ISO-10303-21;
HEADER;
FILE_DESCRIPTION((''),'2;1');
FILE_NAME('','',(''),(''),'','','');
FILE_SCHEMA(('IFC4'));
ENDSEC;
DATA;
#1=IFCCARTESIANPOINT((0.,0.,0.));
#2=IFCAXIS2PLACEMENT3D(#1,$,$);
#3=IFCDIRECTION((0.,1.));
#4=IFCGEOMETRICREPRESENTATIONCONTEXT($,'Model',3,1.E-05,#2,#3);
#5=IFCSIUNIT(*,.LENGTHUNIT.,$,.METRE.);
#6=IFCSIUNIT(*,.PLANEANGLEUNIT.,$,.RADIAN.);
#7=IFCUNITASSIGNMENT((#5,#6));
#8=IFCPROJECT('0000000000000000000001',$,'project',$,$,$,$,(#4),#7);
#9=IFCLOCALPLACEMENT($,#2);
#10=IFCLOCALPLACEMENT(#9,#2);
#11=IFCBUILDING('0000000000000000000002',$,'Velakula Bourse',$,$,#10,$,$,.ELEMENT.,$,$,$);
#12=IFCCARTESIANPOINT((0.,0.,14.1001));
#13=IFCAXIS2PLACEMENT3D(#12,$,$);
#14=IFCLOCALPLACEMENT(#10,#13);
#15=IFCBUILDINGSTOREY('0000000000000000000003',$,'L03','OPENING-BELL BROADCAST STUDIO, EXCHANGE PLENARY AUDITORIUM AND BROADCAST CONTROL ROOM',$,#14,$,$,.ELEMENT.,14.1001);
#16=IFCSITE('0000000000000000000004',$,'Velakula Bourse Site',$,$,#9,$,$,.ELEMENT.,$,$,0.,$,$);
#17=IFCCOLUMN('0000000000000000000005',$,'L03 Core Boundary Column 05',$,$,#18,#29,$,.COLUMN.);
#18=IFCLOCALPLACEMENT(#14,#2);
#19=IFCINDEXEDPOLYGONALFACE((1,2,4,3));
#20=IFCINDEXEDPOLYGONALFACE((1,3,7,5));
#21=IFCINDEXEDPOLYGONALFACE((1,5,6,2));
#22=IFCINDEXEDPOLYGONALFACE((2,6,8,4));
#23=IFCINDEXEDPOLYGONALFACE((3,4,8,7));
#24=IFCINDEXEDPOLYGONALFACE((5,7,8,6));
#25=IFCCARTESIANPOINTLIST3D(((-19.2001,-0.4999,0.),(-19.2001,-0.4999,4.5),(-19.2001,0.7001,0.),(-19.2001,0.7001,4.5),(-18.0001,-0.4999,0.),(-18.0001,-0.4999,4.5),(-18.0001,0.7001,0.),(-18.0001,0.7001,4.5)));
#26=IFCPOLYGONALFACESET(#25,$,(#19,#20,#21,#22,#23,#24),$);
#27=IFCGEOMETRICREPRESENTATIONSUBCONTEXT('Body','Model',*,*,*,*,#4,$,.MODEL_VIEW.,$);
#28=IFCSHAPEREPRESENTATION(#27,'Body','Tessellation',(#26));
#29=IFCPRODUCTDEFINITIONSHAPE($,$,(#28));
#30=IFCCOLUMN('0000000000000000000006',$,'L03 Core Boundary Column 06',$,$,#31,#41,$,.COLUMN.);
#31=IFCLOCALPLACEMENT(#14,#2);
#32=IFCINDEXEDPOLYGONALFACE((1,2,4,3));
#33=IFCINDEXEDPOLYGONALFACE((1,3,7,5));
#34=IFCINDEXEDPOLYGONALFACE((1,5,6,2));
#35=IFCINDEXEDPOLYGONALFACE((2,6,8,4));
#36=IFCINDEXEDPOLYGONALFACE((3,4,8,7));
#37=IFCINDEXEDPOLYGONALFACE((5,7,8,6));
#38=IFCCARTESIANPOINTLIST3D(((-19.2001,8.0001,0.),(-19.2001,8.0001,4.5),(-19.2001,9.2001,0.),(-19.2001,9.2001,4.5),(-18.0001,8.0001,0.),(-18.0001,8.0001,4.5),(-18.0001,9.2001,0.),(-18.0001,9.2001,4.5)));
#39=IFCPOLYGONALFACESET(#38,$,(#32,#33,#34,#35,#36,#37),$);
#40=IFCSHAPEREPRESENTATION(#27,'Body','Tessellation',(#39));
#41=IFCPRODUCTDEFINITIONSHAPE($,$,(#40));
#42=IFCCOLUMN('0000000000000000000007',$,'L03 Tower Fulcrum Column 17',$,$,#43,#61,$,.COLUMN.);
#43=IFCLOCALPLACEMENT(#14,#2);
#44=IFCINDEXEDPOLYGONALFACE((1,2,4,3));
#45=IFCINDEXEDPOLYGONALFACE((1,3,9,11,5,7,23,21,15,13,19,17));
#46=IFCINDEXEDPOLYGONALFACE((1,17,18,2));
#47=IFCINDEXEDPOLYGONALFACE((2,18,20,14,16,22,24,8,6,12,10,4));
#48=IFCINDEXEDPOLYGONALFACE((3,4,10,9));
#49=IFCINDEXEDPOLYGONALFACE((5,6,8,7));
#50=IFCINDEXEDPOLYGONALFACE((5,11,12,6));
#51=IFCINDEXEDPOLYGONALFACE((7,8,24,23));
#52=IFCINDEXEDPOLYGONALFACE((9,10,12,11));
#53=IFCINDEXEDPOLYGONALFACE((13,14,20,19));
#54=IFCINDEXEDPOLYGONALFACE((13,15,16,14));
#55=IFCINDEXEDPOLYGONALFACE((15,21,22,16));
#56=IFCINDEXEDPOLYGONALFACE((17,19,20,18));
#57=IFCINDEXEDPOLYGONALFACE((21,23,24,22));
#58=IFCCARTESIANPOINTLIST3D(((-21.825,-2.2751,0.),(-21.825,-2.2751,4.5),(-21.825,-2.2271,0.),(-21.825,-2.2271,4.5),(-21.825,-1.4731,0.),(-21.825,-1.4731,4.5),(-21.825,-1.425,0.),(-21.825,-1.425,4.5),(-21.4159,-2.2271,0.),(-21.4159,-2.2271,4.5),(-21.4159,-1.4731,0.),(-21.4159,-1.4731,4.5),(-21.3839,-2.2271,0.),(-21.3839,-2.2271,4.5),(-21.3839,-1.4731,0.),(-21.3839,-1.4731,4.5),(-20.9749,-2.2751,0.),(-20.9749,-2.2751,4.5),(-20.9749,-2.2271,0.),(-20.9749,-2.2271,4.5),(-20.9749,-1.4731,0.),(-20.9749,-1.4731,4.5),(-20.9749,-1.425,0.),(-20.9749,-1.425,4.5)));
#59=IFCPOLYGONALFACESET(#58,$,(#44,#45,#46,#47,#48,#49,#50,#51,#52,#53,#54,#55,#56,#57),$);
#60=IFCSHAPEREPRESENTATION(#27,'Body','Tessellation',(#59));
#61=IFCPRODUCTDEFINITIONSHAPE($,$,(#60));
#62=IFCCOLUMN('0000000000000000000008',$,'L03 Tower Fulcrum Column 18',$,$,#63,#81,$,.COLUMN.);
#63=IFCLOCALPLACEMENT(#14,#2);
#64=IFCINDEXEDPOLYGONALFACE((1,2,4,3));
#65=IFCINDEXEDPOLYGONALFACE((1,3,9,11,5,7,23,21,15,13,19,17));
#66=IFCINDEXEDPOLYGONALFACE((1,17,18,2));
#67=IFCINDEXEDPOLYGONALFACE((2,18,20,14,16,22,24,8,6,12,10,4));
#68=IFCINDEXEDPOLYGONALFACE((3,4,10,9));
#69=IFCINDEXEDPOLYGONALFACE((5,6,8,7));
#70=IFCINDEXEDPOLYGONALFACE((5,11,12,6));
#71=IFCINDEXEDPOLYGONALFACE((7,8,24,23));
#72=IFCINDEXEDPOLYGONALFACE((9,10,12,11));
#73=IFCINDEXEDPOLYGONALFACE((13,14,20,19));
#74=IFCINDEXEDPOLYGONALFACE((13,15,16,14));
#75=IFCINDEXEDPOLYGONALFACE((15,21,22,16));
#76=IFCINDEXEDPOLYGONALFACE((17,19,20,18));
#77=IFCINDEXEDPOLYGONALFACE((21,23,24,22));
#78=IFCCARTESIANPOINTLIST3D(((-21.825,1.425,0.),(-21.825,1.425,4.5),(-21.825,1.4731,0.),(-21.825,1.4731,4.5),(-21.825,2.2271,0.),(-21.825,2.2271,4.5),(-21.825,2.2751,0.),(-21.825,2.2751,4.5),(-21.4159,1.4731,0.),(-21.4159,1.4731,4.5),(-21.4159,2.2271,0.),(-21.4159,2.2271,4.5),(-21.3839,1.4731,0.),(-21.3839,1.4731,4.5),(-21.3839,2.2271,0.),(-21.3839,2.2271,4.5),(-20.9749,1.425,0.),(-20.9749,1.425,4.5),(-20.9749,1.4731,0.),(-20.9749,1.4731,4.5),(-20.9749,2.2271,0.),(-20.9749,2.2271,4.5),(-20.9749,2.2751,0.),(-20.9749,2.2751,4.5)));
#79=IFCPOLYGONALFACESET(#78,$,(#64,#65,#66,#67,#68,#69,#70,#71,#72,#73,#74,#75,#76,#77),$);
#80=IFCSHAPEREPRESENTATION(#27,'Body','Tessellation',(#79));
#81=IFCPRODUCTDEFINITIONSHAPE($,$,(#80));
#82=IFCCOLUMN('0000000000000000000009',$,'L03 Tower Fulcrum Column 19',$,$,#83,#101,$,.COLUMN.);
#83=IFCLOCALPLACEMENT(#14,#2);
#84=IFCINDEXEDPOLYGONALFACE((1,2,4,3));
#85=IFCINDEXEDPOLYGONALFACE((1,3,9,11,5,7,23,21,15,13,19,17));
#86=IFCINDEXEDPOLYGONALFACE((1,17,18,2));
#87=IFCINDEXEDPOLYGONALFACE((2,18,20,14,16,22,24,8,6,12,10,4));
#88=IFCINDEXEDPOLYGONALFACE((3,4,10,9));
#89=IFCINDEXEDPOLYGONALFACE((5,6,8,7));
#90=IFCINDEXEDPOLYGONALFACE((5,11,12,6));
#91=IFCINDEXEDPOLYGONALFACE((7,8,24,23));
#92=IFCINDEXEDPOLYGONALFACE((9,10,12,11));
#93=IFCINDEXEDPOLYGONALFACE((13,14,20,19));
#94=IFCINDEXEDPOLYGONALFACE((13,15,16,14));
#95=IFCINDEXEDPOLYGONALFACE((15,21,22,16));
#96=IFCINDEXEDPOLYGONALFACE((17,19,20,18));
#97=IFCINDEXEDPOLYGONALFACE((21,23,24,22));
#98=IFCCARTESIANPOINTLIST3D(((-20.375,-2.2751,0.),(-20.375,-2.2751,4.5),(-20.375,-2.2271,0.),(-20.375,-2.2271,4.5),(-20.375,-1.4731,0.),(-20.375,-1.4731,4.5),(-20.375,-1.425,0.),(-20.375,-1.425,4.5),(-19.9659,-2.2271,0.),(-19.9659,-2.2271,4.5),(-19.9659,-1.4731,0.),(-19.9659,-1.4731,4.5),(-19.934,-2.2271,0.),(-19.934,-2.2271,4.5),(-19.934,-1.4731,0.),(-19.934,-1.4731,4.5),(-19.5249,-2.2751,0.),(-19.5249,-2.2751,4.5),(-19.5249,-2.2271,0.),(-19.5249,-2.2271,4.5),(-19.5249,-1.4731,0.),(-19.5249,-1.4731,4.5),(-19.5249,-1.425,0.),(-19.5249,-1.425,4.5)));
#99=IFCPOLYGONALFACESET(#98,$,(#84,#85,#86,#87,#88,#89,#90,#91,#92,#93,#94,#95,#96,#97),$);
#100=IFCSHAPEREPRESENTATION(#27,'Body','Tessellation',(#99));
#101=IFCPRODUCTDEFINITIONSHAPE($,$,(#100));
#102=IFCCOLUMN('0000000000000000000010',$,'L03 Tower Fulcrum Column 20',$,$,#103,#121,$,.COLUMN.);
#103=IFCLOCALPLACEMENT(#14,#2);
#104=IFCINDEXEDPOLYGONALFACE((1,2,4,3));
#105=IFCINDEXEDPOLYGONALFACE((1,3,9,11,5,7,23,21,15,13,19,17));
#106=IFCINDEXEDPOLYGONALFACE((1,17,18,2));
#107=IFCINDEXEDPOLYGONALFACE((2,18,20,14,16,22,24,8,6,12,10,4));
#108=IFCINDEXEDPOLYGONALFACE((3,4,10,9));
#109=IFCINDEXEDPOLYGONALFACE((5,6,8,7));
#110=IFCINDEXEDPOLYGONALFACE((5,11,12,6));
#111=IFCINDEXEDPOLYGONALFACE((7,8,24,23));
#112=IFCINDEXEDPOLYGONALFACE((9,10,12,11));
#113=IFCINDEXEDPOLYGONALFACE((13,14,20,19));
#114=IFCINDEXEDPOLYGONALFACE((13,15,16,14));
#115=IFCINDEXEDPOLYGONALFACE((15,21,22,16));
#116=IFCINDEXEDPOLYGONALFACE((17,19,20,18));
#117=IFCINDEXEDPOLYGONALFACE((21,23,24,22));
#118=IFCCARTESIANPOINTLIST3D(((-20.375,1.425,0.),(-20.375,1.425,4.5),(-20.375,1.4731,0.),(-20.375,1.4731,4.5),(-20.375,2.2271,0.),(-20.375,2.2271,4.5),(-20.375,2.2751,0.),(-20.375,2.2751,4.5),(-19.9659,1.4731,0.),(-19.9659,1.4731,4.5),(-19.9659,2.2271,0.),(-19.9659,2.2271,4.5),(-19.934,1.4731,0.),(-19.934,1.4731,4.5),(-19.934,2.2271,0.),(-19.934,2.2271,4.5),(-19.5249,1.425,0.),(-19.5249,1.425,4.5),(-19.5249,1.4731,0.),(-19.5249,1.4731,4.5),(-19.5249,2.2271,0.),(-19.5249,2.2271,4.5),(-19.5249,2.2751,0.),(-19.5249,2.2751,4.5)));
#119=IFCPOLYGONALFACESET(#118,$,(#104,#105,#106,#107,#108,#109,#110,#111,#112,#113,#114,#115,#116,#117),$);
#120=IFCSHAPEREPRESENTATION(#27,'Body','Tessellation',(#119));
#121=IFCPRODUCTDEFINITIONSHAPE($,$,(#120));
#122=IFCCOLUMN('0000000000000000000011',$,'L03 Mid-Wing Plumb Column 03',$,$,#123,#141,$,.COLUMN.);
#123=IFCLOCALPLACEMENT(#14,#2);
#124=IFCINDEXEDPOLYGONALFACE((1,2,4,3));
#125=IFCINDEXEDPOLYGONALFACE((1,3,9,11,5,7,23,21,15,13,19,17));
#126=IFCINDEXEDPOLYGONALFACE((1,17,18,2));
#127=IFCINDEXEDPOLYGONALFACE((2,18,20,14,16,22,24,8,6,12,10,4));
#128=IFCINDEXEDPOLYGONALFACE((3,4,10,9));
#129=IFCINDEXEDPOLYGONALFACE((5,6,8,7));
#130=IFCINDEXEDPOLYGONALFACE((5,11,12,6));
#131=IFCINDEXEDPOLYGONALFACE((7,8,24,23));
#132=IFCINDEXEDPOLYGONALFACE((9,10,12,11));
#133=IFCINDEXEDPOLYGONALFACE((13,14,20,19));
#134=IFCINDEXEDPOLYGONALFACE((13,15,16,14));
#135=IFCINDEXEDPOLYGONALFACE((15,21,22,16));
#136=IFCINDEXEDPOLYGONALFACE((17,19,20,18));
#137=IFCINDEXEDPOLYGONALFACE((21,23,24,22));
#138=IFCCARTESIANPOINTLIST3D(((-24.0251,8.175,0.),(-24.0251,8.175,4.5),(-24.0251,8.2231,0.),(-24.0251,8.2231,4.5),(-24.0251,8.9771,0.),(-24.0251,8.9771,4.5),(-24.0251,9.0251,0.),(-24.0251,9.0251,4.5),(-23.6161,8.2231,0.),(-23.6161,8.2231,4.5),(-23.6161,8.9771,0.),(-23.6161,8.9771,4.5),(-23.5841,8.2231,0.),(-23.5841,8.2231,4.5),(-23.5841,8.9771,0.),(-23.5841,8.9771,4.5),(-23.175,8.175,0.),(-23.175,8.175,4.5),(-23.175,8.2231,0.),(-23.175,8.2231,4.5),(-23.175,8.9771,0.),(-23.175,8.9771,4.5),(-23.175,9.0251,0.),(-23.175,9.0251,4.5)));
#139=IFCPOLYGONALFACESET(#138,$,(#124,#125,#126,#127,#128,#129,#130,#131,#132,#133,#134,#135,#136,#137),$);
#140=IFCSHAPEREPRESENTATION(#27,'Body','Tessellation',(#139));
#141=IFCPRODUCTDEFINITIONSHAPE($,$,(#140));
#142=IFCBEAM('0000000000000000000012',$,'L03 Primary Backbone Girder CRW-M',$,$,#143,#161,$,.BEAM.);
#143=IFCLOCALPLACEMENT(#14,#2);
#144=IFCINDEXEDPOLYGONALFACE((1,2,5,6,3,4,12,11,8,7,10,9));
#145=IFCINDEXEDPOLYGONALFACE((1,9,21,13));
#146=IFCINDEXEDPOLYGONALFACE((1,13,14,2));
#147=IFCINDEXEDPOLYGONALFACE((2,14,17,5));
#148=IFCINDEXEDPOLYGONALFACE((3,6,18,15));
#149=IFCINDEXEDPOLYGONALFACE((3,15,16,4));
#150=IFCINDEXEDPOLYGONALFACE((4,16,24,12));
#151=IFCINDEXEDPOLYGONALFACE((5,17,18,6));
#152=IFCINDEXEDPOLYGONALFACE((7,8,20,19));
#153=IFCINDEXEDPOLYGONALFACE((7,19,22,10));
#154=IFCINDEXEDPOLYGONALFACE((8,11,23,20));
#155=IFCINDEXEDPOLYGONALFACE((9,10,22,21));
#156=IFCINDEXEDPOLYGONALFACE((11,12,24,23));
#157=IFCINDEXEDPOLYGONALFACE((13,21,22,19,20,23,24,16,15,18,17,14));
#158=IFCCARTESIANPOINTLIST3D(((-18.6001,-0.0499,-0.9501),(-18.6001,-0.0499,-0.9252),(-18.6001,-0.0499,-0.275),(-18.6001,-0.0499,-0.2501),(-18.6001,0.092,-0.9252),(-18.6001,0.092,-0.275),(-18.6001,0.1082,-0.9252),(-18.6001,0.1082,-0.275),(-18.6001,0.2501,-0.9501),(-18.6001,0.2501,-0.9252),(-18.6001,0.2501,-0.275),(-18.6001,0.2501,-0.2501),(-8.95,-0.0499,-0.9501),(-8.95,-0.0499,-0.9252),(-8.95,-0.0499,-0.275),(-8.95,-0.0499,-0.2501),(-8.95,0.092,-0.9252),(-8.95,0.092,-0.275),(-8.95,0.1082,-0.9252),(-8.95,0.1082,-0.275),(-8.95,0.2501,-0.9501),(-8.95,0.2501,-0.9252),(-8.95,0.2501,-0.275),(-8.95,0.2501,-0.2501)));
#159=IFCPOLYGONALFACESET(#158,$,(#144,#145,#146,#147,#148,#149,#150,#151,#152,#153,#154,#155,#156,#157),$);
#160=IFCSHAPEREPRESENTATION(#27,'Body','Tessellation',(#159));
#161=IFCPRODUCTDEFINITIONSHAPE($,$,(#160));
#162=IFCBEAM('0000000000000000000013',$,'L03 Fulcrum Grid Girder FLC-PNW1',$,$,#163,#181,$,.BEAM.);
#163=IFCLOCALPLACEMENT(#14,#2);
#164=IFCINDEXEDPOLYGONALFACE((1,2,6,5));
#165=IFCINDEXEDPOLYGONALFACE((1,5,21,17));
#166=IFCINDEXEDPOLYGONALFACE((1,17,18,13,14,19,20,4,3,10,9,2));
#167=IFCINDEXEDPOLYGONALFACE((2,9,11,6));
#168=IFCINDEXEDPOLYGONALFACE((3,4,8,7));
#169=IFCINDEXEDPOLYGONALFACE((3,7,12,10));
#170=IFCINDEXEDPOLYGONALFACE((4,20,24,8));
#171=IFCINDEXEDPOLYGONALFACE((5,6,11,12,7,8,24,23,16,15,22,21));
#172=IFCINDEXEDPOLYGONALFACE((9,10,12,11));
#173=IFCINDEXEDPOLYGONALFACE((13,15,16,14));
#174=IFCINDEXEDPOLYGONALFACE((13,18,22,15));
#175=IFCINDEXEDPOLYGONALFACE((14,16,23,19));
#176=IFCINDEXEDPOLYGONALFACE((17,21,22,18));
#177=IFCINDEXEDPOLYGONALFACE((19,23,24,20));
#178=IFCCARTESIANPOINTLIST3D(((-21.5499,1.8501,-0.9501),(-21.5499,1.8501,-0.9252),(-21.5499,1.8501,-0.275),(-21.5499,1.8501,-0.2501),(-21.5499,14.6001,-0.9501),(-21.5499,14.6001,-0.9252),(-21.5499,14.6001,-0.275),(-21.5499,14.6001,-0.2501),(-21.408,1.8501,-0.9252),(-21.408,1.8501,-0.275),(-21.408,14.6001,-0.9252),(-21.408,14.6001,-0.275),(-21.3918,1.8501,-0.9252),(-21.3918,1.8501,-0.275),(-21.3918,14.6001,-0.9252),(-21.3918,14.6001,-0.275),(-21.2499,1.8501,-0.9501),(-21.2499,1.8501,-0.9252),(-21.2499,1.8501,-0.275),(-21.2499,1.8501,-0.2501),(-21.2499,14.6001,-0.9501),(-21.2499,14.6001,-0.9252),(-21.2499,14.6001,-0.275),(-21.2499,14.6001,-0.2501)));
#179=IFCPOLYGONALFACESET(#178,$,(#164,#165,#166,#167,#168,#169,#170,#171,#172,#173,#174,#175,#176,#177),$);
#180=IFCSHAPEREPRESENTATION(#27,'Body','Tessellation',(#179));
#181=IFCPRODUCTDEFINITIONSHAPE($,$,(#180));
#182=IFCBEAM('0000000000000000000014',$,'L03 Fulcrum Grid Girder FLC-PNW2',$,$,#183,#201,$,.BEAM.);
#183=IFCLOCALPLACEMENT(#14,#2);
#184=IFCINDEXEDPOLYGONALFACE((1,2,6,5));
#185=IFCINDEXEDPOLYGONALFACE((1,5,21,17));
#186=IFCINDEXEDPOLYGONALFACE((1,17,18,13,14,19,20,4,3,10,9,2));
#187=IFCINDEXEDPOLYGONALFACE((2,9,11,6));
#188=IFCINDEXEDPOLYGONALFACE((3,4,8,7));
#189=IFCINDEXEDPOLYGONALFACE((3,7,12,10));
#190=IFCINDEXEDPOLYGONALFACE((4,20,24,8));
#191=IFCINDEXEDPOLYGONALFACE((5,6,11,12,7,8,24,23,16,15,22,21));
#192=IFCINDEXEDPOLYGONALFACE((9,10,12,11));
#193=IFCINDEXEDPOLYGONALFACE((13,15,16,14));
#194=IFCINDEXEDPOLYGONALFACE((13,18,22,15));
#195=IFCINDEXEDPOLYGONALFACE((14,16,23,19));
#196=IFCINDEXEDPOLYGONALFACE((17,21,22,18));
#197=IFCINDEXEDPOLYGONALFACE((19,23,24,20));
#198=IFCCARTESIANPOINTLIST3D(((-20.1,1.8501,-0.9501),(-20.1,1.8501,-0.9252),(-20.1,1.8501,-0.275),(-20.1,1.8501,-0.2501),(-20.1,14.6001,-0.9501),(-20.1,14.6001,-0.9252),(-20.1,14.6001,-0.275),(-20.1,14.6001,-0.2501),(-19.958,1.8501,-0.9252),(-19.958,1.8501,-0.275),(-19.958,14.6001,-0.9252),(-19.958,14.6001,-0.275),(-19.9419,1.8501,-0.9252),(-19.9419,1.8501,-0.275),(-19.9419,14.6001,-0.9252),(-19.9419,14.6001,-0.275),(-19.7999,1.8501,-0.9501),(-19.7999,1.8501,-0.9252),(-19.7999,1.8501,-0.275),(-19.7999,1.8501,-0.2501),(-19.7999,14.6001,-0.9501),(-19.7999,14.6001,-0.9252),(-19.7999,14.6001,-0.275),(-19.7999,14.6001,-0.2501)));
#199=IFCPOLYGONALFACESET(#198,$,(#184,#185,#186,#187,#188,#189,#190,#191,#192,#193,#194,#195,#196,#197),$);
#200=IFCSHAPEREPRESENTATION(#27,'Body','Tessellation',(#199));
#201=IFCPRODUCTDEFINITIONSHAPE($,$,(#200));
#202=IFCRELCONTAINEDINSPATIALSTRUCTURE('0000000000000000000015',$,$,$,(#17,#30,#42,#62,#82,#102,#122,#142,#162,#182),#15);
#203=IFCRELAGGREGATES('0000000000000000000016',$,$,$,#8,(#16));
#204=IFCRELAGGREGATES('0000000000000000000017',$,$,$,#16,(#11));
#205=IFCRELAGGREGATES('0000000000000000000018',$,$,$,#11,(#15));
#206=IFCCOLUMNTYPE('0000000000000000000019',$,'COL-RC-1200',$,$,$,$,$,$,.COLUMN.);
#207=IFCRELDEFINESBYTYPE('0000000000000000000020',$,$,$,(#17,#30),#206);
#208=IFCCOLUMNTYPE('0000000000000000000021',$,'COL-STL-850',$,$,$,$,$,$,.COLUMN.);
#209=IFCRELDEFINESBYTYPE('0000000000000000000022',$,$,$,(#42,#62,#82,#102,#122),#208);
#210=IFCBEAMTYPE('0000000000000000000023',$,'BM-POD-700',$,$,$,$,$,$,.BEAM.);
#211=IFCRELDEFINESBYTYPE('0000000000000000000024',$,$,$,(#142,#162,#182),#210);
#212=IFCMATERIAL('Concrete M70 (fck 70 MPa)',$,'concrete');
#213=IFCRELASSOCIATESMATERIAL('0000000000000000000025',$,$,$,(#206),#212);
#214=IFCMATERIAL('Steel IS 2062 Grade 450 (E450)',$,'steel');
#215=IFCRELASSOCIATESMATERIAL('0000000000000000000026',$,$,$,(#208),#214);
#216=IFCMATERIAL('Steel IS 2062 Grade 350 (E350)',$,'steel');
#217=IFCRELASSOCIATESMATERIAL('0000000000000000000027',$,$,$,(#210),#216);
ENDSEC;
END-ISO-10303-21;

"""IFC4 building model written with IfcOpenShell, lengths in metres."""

from ifc_helpers import new_model, si_unit, direction, frame, origin, origin_2d, place, context, subcontext, project, spatial, rectangle, i_section, extrude, material, material_profile, profile_set, type_object, element, save


model = new_model("IFC4")

# Units and contexts
model_context = context("Model", 3, precision=1e-05, world=origin(), true_north=direction((0.0, 1.0)))
body_context = subcontext(model_context, "Body", "Model", "MODEL_VIEW")
ifc_project = project(units=[si_unit("LENGTHUNIT", "METRE"), si_unit("PLANEANGLEUNIT", "RADIAN")], contexts=[model_context])

# Site, building, storey
site_placement = place(None, origin())
site = spatial("IfcSite", under=ifc_project, at=site_placement, Name="Velakula Bourse Site", CompositionType="ELEMENT", RefElevation=0.0)
building_placement = place(site_placement, origin())
building = spatial("IfcBuilding", under=site, at=building_placement, Name="Velakula Bourse", CompositionType="ELEMENT")
storey_placement = place(building_placement, frame((0.0, 0.0, 14.1001)))
storey = spatial("IfcBuildingStorey", under=building, at=storey_placement, Name="L03", Description="OPENING-BELL BROADCAST STUDIO, EXCHANGE PLENARY AUDITORIUM AND BROADCAST CONTROL ROOM", CompositionType="ELEMENT", Elevation=14.1001)

# Columns
ifc_material_1 = material(Name="Concrete M70 (fck 70 MPa)", Category="concrete")
ifc_material_profile_1 = material_profile(ifc_material_1, rectangle(XDim=1.2, YDim=1.2, at=origin_2d()), Name="Concrete M70 (fck 70 MPa)")
ifc_profile_set_1 = profile_set([ifc_material_profile_1], Name="Concrete M70 (fck 70 MPa)")
column_type_1 = type_object("IfcColumnType", Name="COL-RC-1200", PredefinedType="COLUMN", material=ifc_profile_set_1)
for number, where, z_axis, x_axis, name in (
    (1, (-18.6001, 0.1001, 0.0), (0.0, 0.0, 1.0), (1.0, 0.0, 0.0), "L03 Core Boundary Column 05"),
    (2, (-18.6001, 8.6001, 0.0), (0.0, 0.0, 1.0), (1.0, 0.0, 0.0), "L03 Core Boundary Column 06"),
):
    element("IfcColumn", number, at=place(storey_placement, frame(where, z_axis=z_axis, x_axis=x_axis)), inside=storey, type_object=column_type_1, Name=name, PredefinedType="COLUMN", context=body_context, shape_type="SweptSolid", body=[
        extrude(rectangle(XDim=1.2, YDim=1.2, at=origin_2d()), origin(), (0.0, 0.0, 1.0), 4.5),
    ])
ifc_material_2 = material(Name="Steel IS 2062 Grade 450 (E450)", Category="steel")
ifc_material_profile_2 = material_profile(ifc_material_2, i_section(OverallWidth=0.8501, OverallDepth=0.8501, WebThickness=0.032, FlangeThickness=0.0481, at=origin_2d()), Name="Steel IS 2062 Grade 450 (E450)")
ifc_profile_set_2 = profile_set([ifc_material_profile_2], Name="Steel IS 2062 Grade 450 (E450)")
column_type_2 = type_object("IfcColumnType", Name="COL-STL-850", PredefinedType="COLUMN", material=ifc_profile_set_2)
for number, where, z_axis, x_axis, name in (
    (3, (-21.3999, -1.8501, 0.0), (0.0, 0.0, 1.0), (1.0, 0.0, 0.0), "L03 Tower Fulcrum Column 17"),
    (4, (-21.3999, 1.8501, 0.0), (0.0, 0.0, 1.0), (1.0, 0.0, 0.0), "L03 Tower Fulcrum Column 18"),
    (5, (-19.95, -1.8501, 0.0), (0.0, 0.0, 1.0), (1.0, 0.0, 0.0), "L03 Tower Fulcrum Column 19"),
    (6, (-19.95, 1.8501, 0.0), (0.0, 0.0, 1.0), (1.0, 0.0, 0.0), "L03 Tower Fulcrum Column 20"),
    (7, (-23.6001, 8.6001, 0.0), (0.0, 0.0, 1.0), (1.0, 0.0, 0.0), "L03 Mid-Wing Plumb Column 03"),
):
    element("IfcColumn", number, at=place(storey_placement, frame(where, z_axis=z_axis, x_axis=x_axis)), inside=storey, type_object=column_type_2, Name=name, PredefinedType="COLUMN", context=body_context, shape_type="SweptSolid", body=[
        extrude(i_section(OverallWidth=0.8501, OverallDepth=0.8501, WebThickness=0.032, FlangeThickness=0.0481, at=origin_2d()), origin(), (0.0, 0.0, 1.0), 4.5),
    ])

# Beams
ifc_material_3 = material(Name="Steel IS 2062 Grade 350 (E350)", Category="steel")
ifc_material_profile_3 = material_profile(ifc_material_3, i_section(OverallWidth=0.3, OverallDepth=0.7, WebThickness=0.0161, FlangeThickness=0.0249, at=origin_2d()), Name="Steel IS 2062 Grade 350 (E350)")
ifc_profile_set_3 = profile_set([ifc_material_profile_3], Name="Steel IS 2062 Grade 350 (E350)")
beam_type_1 = type_object("IfcBeamType", Name="BM-POD-700", PredefinedType="BEAM", material=ifc_profile_set_3)
beam_1_placement = place(storey_placement, frame((-18.6001, 0.1001, -0.6001), z_axis=(1.0, 0.0, 0.0), x_axis=(0.0, 1.0, 0.0)))
element("IfcBeam", 8, at=beam_1_placement, inside=storey, type_object=beam_type_1, Name="L03 Primary Backbone Girder CRW-M", PredefinedType="BEAM", context=body_context, shape_type="SweptSolid", body=[
    extrude(i_section(OverallWidth=0.3, OverallDepth=0.7, WebThickness=0.0161, FlangeThickness=0.0249, at=origin_2d()), origin(), (0.0, 0.0, 1.0), 9.6501),
])
for number, where, z_axis, x_axis, name in (
    (9, (-21.3999, 1.8501, -0.6001), (0.0, 1.0, 0.0), (-1.0, 0.0, 0.0), "L03 Fulcrum Grid Girder FLC-PNW1"),
    (10, (-19.95, 1.8501, -0.6001), (0.0, 1.0, 0.0), (-1.0, 0.0, 0.0), "L03 Fulcrum Grid Girder FLC-PNW2"),
):
    element("IfcBeam", number, at=place(storey_placement, frame(where, z_axis=z_axis, x_axis=x_axis)), inside=storey, type_object=beam_type_1, Name=name, PredefinedType="BEAM", context=body_context, shape_type="SweptSolid", body=[
        extrude(i_section(OverallWidth=0.3, OverallDepth=0.7, WebThickness=0.0161, FlangeThickness=0.0249, at=origin_2d()), origin(), (0.0, 0.0, 1.0), 12.75),
    ])

save(model, "model.ifc")
